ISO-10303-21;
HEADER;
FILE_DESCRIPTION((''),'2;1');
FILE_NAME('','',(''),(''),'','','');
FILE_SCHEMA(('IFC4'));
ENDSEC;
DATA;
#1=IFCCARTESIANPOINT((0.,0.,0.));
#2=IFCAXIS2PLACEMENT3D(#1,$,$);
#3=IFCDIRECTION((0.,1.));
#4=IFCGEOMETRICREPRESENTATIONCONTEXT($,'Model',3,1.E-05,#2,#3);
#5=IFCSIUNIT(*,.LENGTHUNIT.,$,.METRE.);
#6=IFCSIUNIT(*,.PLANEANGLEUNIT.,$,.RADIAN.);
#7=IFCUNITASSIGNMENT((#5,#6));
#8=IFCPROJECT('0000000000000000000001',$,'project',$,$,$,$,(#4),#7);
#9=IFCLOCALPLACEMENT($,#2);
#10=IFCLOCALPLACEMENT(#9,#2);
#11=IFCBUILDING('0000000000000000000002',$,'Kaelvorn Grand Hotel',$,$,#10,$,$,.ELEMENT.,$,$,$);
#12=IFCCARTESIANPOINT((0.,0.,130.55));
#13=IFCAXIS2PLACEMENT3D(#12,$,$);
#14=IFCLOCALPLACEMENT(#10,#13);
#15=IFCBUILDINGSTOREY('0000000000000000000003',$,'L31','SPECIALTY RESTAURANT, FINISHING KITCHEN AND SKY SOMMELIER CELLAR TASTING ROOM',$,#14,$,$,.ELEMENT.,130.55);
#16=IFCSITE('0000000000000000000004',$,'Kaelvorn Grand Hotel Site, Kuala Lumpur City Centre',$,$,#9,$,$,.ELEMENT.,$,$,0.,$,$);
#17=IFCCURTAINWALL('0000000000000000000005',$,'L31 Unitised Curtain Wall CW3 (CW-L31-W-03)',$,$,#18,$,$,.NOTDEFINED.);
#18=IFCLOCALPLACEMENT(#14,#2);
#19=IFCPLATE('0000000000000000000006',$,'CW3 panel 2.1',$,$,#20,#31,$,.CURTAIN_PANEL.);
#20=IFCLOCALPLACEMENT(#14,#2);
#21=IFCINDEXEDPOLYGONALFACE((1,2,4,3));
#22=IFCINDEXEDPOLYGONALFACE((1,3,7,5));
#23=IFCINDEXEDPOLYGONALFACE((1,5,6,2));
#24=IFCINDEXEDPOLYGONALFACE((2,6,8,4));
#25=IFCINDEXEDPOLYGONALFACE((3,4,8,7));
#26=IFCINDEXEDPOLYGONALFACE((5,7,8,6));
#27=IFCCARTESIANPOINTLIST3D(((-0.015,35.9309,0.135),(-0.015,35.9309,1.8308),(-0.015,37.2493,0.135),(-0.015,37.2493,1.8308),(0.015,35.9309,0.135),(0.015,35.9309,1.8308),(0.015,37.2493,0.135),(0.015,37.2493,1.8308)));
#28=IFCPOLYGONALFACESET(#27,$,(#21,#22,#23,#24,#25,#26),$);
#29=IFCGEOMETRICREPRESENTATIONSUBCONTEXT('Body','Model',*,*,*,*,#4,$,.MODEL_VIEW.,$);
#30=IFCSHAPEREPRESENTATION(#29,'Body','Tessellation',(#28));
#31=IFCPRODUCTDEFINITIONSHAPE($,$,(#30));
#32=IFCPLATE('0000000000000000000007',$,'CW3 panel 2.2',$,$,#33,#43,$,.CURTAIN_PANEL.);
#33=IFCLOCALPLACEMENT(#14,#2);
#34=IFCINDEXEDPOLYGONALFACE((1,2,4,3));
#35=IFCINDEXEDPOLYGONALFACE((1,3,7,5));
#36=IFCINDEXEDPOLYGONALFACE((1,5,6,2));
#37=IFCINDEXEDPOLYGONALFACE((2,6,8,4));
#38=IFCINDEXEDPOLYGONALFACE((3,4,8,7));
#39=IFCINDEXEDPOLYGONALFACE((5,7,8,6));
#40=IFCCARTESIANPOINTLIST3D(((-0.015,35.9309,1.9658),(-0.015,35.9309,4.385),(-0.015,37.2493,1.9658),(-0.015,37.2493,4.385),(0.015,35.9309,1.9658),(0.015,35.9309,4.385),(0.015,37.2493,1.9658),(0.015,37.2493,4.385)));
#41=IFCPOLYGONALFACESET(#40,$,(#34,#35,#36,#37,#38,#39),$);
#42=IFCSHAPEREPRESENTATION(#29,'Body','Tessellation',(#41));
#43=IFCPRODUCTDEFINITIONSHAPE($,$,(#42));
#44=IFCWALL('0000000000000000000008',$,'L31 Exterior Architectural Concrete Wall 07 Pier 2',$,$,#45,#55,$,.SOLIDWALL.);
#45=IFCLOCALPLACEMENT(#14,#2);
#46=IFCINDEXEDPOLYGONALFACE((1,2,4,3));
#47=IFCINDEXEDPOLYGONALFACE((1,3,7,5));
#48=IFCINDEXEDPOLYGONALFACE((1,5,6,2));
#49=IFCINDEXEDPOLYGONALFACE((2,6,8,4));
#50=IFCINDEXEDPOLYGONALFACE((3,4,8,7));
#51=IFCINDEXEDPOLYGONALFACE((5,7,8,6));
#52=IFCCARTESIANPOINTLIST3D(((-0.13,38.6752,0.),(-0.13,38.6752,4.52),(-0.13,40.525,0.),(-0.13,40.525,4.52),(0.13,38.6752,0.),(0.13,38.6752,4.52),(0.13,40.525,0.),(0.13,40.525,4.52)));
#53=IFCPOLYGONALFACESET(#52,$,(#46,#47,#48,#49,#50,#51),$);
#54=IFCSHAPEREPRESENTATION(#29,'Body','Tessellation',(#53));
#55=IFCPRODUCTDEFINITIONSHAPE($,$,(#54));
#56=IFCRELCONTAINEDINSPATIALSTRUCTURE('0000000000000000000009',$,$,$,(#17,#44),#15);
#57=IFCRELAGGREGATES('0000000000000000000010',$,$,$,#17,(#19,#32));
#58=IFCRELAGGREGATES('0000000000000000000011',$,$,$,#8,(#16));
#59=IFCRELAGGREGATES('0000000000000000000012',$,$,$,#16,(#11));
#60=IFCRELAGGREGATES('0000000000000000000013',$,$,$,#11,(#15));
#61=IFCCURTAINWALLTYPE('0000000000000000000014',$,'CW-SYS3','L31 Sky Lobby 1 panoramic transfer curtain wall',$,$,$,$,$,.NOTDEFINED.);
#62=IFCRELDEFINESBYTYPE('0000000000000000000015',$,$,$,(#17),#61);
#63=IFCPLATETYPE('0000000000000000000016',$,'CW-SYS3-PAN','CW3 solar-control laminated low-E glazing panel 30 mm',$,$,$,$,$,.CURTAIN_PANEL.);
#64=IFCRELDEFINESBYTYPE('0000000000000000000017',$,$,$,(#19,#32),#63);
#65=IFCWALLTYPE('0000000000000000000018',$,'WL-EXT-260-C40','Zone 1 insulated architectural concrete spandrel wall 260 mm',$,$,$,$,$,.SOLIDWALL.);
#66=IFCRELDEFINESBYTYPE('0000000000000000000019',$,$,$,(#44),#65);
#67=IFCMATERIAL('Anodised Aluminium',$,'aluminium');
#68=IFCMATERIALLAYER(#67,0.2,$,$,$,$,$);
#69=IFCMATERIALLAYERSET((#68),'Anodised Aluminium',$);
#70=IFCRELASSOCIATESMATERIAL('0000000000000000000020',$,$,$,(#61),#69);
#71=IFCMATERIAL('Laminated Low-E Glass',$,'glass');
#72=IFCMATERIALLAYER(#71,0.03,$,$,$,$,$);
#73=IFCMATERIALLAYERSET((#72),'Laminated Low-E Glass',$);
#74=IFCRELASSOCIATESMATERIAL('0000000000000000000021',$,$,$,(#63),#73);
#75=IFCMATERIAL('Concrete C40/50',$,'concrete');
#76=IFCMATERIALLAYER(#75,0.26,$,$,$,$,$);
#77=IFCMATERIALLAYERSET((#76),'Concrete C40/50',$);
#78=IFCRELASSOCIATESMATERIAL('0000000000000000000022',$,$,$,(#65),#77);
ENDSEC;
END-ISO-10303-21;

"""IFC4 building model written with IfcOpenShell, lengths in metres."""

from ifc_helpers import new_model, si_unit, direction, frame, frame_2d, origin, origin_2d, place, context, subcontext, project, spatial, rectangle, extrude, material, layer, layer_set, type_object, element, aggregate, save


model = new_model("IFC4")

# Units and contexts
model_context = context("Model", 3, precision=1e-05, world=origin(), true_north=direction((0.0, 1.0)))
body_context = subcontext(model_context, "Body", "Model", "MODEL_VIEW")
ifc_project = project(units=[si_unit("LENGTHUNIT", "METRE"), si_unit("PLANEANGLEUNIT", "RADIAN")], contexts=[model_context])

# Site, building, storey
site_placement = place(None, origin())
site = spatial("IfcSite", under=ifc_project, at=site_placement, Name="Kaelvorn Grand Hotel Site, Kuala Lumpur City Centre", CompositionType="ELEMENT", RefElevation=0.0)
building_placement = place(site_placement, origin())
building = spatial("IfcBuilding", under=site, at=building_placement, Name="Kaelvorn Grand Hotel", CompositionType="ELEMENT")
storey_placement = place(building_placement, frame((0.0, 0.0, 130.55)))
storey = spatial("IfcBuildingStorey", under=building, at=storey_placement, Name="L31", Description="SPECIALTY RESTAURANT, FINISHING KITCHEN AND SKY SOMMELIER CELLAR TASTING ROOM", CompositionType="ELEMENT", Elevation=130.55)

# Shared definitions
ifc_material_1 = material(Name="Anodised Aluminium", Category="aluminium")
ifc_layer_1 = layer(ifc_material_1, 0.2)
ifc_layer_set_1 = layer_set([ifc_layer_1], Name="Anodised Aluminium")
curtain_wall_type = type_object("IfcCurtainWallType", Name="CW-SYS3", Description="L31 Sky Lobby 1 panoramic transfer curtain wall", PredefinedType="NOTDEFINED", material=ifc_layer_set_1)

# Curtain wall
curtain_wall_1_placement = place(storey_placement, origin())
curtain_wall_1 = element("IfcCurtainWall", 1, at=curtain_wall_1_placement, inside=storey, type_object=curtain_wall_type, Name="L31 Unitised Curtain Wall CW3 (CW-L31-W-03)", PredefinedType="NOTDEFINED")

# Plates
ifc_material_2 = material(Name="Laminated Low-E Glass", Category="glass")
ifc_layer_2 = layer(ifc_material_2, 0.03)
ifc_layer_set_2 = layer_set([ifc_layer_2], Name="Laminated Low-E Glass")
plate_type = type_object("IfcPlateType", Name="CW-SYS3-PAN", Description="CW3 solar-control laminated low-E glazing panel 30 mm", PredefinedType="CURTAIN_PANEL", material=ifc_layer_set_2)
plate_1_placement = place(storey_placement, frame((0.0, 36.5901, 0.135), z_axis=(0.0, 0.0, 1.0), x_axis=(0.0, -1.0, 0.0)))
plate_1 = element("IfcPlate", 2, at=plate_1_placement, type_object=plate_type, Name="CW3 panel 2.1", PredefinedType="CURTAIN_PANEL", context=body_context, shape_type="SweptSolid", body=[
    extrude(rectangle(XDim=1.3184, YDim=0.03, at=origin_2d()), origin(), (0.0, 0.0, 1.0), 1.6958),
])
plate_2_placement = place(storey_placement, frame((0.0, 36.5901, 1.9658), z_axis=(0.0, 0.0, 1.0), x_axis=(0.0, -1.0, 0.0)))
plate_2 = element("IfcPlate", 3, at=plate_2_placement, type_object=plate_type, Name="CW3 panel 2.2", PredefinedType="CURTAIN_PANEL", context=body_context, shape_type="SweptSolid", body=[
    extrude(rectangle(XDim=1.3184, YDim=0.03, at=origin_2d()), origin(), (0.0, 0.0, 1.0), 2.4192),
])
aggregate(curtain_wall_1, [plate_1, plate_2])

# Wall
ifc_material_3 = material(Name="Concrete C40/50", Category="concrete")
ifc_layer_3 = layer(ifc_material_3, 0.26)
ifc_layer_set_3 = layer_set([ifc_layer_3], Name="Concrete C40/50")
wall_type = type_object("IfcWallType", Name="WL-EXT-260-C40", Description="Zone 1 insulated architectural concrete spandrel wall 260 mm", PredefinedType="SOLIDWALL", material=ifc_layer_set_3)
wall_placement = place(storey_placement, frame((0.0, 40.5249, 0.0), z_axis=(0.0, 0.0, 1.0), x_axis=(0.0, -1.0, 0.0)))
element("IfcWall", 4, at=wall_placement, inside=storey, type_object=wall_type, Name="L31 Exterior Architectural Concrete Wall 07 Pier 2", PredefinedType="SOLIDWALL", context=body_context, shape_type="SweptSolid", body=[
    extrude(rectangle(XDim=1.8499, YDim=0.26, at=frame_2d((0.9248, 0.0))), origin(), (0.0, 0.0, 1.0), 4.52),
])

save(model, "model.ifc")
